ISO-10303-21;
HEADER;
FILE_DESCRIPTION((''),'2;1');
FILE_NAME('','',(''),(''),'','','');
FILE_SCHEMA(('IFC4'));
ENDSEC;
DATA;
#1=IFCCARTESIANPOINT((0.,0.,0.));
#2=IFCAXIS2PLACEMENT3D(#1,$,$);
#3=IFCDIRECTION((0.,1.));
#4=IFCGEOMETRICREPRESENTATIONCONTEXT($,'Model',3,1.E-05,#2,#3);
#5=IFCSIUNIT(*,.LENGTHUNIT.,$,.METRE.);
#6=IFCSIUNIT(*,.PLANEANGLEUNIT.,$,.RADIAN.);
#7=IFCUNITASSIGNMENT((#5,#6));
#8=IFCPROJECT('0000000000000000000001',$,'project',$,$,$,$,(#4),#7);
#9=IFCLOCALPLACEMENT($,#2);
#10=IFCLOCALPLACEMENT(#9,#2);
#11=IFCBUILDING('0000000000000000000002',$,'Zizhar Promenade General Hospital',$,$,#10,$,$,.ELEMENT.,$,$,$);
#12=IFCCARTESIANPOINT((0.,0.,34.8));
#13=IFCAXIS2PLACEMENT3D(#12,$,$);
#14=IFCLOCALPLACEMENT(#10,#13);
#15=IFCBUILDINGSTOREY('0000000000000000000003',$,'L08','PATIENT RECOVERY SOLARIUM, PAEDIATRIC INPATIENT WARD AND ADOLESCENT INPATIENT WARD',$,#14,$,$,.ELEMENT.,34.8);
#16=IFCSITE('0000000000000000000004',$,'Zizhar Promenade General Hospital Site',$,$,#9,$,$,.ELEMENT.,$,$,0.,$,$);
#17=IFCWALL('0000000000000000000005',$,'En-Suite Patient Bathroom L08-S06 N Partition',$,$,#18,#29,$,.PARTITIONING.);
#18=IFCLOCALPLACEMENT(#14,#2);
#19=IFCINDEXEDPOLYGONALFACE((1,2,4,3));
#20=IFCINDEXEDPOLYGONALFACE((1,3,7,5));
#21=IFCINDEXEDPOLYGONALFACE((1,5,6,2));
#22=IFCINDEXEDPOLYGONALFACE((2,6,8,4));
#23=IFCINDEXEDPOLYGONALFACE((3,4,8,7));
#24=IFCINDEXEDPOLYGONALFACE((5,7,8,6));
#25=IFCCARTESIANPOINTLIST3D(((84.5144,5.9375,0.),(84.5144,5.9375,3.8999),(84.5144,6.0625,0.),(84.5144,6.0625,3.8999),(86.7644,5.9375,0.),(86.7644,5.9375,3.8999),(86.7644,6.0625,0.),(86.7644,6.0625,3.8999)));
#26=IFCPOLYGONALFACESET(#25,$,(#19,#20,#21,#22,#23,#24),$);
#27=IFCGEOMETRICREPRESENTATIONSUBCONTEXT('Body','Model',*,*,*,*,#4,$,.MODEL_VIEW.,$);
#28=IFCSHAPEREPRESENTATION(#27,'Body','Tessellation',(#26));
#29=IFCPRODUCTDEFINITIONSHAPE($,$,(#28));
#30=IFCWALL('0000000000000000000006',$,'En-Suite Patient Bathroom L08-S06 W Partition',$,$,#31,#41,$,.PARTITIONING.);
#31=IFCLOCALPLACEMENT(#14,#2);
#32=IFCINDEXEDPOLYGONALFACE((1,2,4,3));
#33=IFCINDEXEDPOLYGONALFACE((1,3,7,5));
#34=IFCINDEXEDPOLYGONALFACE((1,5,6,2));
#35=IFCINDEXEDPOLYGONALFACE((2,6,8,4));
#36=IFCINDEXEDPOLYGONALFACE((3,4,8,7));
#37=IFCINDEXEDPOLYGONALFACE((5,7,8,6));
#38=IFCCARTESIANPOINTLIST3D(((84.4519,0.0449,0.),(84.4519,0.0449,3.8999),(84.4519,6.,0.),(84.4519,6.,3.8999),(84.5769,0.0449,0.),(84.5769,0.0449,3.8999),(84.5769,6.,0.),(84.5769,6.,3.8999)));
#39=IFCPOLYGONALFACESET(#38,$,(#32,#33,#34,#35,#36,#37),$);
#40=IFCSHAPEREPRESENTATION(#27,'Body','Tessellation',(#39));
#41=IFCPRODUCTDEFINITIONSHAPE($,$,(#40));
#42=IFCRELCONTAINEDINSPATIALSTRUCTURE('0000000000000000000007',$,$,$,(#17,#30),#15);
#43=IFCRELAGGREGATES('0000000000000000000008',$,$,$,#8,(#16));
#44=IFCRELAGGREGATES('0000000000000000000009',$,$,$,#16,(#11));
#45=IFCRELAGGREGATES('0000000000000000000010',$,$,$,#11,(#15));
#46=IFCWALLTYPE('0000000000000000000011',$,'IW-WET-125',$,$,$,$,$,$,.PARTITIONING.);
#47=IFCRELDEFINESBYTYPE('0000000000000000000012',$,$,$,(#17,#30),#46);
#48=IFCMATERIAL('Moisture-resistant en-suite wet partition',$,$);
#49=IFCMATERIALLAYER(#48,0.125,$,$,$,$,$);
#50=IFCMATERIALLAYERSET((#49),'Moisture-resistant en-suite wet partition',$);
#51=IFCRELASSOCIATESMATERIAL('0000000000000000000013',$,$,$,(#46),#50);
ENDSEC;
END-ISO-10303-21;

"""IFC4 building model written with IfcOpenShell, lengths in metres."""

from ifc_helpers import new_model, si_unit, direction, frame, frame_2d, origin, place, context, subcontext, project, spatial, rectangle, extrude, material, layer, layer_set, type_object, element, save


model = new_model("IFC4")

# Units and contexts
model_context = context("Model", 3, precision=1e-05, world=origin(), true_north=direction((0.0, 1.0)))
body_context = subcontext(model_context, "Body", "Model", "MODEL_VIEW")
ifc_project = project(units=[si_unit("LENGTHUNIT", "METRE"), si_unit("PLANEANGLEUNIT", "RADIAN")], contexts=[model_context])

# Site, building, storey
site_placement = place(None, origin())
site = spatial("IfcSite", under=ifc_project, at=site_placement, Name="Zizhar Promenade General Hospital Site", CompositionType="ELEMENT", RefElevation=0.0)
building_placement = place(site_placement, origin())
building = spatial("IfcBuilding", under=site, at=building_placement, Name="Zizhar Promenade General Hospital", CompositionType="ELEMENT")
storey_placement = place(building_placement, frame((0.0, 0.0, 34.8)))
storey = spatial("IfcBuildingStorey", under=building, at=storey_placement, Name="L08", Description="PATIENT RECOVERY SOLARIUM, PAEDIATRIC INPATIENT WARD AND ADOLESCENT INPATIENT WARD", CompositionType="ELEMENT", Elevation=34.8)

# Walls
ifc_material_1 = material(Name="Moisture-resistant en-suite wet partition")
ifc_layer_1 = layer(ifc_material_1, 0.125)
ifc_layer_set_1 = layer_set([ifc_layer_1], Name="Moisture-resistant en-suite wet partition")
wall_type = type_object("IfcWallType", Name="IW-WET-125", PredefinedType="PARTITIONING", material=ifc_layer_set_1)
wall_1_placement = place(storey_placement, frame((84.5144, 6.0, 0.0), z_axis=(0.0, 0.0, 1.0), x_axis=(1.0, 0.0, 0.0)))
element("IfcWall", 1, at=wall_1_placement, inside=storey, type_object=wall_type, Name="En-Suite Patient Bathroom L08-S06 N Partition", PredefinedType="PARTITIONING", context=body_context, shape_type="SweptSolid", body=[
    extrude(rectangle(XDim=2.25, YDim=0.125, at=frame_2d((1.125, 0.0))), origin(), (0.0, 0.0, 1.0), 3.8999),
])
wall_2_placement = place(storey_placement, frame((84.5144, 0.0449, 0.0), z_axis=(0.0, 0.0, 1.0), x_axis=(0.0, 1.0, 0.0)))
element("IfcWall", 2, at=wall_2_placement, inside=storey, type_object=wall_type, Name="En-Suite Patient Bathroom L08-S06 W Partition", PredefinedType="PARTITIONING", context=body_context, shape_type="SweptSolid", body=[
    extrude(rectangle(XDim=5.9551, YDim=0.125, at=frame_2d((2.9775, 0.0))), origin(), (0.0, 0.0, 1.0), 3.8999),
])

save(model, "model.ifc")
